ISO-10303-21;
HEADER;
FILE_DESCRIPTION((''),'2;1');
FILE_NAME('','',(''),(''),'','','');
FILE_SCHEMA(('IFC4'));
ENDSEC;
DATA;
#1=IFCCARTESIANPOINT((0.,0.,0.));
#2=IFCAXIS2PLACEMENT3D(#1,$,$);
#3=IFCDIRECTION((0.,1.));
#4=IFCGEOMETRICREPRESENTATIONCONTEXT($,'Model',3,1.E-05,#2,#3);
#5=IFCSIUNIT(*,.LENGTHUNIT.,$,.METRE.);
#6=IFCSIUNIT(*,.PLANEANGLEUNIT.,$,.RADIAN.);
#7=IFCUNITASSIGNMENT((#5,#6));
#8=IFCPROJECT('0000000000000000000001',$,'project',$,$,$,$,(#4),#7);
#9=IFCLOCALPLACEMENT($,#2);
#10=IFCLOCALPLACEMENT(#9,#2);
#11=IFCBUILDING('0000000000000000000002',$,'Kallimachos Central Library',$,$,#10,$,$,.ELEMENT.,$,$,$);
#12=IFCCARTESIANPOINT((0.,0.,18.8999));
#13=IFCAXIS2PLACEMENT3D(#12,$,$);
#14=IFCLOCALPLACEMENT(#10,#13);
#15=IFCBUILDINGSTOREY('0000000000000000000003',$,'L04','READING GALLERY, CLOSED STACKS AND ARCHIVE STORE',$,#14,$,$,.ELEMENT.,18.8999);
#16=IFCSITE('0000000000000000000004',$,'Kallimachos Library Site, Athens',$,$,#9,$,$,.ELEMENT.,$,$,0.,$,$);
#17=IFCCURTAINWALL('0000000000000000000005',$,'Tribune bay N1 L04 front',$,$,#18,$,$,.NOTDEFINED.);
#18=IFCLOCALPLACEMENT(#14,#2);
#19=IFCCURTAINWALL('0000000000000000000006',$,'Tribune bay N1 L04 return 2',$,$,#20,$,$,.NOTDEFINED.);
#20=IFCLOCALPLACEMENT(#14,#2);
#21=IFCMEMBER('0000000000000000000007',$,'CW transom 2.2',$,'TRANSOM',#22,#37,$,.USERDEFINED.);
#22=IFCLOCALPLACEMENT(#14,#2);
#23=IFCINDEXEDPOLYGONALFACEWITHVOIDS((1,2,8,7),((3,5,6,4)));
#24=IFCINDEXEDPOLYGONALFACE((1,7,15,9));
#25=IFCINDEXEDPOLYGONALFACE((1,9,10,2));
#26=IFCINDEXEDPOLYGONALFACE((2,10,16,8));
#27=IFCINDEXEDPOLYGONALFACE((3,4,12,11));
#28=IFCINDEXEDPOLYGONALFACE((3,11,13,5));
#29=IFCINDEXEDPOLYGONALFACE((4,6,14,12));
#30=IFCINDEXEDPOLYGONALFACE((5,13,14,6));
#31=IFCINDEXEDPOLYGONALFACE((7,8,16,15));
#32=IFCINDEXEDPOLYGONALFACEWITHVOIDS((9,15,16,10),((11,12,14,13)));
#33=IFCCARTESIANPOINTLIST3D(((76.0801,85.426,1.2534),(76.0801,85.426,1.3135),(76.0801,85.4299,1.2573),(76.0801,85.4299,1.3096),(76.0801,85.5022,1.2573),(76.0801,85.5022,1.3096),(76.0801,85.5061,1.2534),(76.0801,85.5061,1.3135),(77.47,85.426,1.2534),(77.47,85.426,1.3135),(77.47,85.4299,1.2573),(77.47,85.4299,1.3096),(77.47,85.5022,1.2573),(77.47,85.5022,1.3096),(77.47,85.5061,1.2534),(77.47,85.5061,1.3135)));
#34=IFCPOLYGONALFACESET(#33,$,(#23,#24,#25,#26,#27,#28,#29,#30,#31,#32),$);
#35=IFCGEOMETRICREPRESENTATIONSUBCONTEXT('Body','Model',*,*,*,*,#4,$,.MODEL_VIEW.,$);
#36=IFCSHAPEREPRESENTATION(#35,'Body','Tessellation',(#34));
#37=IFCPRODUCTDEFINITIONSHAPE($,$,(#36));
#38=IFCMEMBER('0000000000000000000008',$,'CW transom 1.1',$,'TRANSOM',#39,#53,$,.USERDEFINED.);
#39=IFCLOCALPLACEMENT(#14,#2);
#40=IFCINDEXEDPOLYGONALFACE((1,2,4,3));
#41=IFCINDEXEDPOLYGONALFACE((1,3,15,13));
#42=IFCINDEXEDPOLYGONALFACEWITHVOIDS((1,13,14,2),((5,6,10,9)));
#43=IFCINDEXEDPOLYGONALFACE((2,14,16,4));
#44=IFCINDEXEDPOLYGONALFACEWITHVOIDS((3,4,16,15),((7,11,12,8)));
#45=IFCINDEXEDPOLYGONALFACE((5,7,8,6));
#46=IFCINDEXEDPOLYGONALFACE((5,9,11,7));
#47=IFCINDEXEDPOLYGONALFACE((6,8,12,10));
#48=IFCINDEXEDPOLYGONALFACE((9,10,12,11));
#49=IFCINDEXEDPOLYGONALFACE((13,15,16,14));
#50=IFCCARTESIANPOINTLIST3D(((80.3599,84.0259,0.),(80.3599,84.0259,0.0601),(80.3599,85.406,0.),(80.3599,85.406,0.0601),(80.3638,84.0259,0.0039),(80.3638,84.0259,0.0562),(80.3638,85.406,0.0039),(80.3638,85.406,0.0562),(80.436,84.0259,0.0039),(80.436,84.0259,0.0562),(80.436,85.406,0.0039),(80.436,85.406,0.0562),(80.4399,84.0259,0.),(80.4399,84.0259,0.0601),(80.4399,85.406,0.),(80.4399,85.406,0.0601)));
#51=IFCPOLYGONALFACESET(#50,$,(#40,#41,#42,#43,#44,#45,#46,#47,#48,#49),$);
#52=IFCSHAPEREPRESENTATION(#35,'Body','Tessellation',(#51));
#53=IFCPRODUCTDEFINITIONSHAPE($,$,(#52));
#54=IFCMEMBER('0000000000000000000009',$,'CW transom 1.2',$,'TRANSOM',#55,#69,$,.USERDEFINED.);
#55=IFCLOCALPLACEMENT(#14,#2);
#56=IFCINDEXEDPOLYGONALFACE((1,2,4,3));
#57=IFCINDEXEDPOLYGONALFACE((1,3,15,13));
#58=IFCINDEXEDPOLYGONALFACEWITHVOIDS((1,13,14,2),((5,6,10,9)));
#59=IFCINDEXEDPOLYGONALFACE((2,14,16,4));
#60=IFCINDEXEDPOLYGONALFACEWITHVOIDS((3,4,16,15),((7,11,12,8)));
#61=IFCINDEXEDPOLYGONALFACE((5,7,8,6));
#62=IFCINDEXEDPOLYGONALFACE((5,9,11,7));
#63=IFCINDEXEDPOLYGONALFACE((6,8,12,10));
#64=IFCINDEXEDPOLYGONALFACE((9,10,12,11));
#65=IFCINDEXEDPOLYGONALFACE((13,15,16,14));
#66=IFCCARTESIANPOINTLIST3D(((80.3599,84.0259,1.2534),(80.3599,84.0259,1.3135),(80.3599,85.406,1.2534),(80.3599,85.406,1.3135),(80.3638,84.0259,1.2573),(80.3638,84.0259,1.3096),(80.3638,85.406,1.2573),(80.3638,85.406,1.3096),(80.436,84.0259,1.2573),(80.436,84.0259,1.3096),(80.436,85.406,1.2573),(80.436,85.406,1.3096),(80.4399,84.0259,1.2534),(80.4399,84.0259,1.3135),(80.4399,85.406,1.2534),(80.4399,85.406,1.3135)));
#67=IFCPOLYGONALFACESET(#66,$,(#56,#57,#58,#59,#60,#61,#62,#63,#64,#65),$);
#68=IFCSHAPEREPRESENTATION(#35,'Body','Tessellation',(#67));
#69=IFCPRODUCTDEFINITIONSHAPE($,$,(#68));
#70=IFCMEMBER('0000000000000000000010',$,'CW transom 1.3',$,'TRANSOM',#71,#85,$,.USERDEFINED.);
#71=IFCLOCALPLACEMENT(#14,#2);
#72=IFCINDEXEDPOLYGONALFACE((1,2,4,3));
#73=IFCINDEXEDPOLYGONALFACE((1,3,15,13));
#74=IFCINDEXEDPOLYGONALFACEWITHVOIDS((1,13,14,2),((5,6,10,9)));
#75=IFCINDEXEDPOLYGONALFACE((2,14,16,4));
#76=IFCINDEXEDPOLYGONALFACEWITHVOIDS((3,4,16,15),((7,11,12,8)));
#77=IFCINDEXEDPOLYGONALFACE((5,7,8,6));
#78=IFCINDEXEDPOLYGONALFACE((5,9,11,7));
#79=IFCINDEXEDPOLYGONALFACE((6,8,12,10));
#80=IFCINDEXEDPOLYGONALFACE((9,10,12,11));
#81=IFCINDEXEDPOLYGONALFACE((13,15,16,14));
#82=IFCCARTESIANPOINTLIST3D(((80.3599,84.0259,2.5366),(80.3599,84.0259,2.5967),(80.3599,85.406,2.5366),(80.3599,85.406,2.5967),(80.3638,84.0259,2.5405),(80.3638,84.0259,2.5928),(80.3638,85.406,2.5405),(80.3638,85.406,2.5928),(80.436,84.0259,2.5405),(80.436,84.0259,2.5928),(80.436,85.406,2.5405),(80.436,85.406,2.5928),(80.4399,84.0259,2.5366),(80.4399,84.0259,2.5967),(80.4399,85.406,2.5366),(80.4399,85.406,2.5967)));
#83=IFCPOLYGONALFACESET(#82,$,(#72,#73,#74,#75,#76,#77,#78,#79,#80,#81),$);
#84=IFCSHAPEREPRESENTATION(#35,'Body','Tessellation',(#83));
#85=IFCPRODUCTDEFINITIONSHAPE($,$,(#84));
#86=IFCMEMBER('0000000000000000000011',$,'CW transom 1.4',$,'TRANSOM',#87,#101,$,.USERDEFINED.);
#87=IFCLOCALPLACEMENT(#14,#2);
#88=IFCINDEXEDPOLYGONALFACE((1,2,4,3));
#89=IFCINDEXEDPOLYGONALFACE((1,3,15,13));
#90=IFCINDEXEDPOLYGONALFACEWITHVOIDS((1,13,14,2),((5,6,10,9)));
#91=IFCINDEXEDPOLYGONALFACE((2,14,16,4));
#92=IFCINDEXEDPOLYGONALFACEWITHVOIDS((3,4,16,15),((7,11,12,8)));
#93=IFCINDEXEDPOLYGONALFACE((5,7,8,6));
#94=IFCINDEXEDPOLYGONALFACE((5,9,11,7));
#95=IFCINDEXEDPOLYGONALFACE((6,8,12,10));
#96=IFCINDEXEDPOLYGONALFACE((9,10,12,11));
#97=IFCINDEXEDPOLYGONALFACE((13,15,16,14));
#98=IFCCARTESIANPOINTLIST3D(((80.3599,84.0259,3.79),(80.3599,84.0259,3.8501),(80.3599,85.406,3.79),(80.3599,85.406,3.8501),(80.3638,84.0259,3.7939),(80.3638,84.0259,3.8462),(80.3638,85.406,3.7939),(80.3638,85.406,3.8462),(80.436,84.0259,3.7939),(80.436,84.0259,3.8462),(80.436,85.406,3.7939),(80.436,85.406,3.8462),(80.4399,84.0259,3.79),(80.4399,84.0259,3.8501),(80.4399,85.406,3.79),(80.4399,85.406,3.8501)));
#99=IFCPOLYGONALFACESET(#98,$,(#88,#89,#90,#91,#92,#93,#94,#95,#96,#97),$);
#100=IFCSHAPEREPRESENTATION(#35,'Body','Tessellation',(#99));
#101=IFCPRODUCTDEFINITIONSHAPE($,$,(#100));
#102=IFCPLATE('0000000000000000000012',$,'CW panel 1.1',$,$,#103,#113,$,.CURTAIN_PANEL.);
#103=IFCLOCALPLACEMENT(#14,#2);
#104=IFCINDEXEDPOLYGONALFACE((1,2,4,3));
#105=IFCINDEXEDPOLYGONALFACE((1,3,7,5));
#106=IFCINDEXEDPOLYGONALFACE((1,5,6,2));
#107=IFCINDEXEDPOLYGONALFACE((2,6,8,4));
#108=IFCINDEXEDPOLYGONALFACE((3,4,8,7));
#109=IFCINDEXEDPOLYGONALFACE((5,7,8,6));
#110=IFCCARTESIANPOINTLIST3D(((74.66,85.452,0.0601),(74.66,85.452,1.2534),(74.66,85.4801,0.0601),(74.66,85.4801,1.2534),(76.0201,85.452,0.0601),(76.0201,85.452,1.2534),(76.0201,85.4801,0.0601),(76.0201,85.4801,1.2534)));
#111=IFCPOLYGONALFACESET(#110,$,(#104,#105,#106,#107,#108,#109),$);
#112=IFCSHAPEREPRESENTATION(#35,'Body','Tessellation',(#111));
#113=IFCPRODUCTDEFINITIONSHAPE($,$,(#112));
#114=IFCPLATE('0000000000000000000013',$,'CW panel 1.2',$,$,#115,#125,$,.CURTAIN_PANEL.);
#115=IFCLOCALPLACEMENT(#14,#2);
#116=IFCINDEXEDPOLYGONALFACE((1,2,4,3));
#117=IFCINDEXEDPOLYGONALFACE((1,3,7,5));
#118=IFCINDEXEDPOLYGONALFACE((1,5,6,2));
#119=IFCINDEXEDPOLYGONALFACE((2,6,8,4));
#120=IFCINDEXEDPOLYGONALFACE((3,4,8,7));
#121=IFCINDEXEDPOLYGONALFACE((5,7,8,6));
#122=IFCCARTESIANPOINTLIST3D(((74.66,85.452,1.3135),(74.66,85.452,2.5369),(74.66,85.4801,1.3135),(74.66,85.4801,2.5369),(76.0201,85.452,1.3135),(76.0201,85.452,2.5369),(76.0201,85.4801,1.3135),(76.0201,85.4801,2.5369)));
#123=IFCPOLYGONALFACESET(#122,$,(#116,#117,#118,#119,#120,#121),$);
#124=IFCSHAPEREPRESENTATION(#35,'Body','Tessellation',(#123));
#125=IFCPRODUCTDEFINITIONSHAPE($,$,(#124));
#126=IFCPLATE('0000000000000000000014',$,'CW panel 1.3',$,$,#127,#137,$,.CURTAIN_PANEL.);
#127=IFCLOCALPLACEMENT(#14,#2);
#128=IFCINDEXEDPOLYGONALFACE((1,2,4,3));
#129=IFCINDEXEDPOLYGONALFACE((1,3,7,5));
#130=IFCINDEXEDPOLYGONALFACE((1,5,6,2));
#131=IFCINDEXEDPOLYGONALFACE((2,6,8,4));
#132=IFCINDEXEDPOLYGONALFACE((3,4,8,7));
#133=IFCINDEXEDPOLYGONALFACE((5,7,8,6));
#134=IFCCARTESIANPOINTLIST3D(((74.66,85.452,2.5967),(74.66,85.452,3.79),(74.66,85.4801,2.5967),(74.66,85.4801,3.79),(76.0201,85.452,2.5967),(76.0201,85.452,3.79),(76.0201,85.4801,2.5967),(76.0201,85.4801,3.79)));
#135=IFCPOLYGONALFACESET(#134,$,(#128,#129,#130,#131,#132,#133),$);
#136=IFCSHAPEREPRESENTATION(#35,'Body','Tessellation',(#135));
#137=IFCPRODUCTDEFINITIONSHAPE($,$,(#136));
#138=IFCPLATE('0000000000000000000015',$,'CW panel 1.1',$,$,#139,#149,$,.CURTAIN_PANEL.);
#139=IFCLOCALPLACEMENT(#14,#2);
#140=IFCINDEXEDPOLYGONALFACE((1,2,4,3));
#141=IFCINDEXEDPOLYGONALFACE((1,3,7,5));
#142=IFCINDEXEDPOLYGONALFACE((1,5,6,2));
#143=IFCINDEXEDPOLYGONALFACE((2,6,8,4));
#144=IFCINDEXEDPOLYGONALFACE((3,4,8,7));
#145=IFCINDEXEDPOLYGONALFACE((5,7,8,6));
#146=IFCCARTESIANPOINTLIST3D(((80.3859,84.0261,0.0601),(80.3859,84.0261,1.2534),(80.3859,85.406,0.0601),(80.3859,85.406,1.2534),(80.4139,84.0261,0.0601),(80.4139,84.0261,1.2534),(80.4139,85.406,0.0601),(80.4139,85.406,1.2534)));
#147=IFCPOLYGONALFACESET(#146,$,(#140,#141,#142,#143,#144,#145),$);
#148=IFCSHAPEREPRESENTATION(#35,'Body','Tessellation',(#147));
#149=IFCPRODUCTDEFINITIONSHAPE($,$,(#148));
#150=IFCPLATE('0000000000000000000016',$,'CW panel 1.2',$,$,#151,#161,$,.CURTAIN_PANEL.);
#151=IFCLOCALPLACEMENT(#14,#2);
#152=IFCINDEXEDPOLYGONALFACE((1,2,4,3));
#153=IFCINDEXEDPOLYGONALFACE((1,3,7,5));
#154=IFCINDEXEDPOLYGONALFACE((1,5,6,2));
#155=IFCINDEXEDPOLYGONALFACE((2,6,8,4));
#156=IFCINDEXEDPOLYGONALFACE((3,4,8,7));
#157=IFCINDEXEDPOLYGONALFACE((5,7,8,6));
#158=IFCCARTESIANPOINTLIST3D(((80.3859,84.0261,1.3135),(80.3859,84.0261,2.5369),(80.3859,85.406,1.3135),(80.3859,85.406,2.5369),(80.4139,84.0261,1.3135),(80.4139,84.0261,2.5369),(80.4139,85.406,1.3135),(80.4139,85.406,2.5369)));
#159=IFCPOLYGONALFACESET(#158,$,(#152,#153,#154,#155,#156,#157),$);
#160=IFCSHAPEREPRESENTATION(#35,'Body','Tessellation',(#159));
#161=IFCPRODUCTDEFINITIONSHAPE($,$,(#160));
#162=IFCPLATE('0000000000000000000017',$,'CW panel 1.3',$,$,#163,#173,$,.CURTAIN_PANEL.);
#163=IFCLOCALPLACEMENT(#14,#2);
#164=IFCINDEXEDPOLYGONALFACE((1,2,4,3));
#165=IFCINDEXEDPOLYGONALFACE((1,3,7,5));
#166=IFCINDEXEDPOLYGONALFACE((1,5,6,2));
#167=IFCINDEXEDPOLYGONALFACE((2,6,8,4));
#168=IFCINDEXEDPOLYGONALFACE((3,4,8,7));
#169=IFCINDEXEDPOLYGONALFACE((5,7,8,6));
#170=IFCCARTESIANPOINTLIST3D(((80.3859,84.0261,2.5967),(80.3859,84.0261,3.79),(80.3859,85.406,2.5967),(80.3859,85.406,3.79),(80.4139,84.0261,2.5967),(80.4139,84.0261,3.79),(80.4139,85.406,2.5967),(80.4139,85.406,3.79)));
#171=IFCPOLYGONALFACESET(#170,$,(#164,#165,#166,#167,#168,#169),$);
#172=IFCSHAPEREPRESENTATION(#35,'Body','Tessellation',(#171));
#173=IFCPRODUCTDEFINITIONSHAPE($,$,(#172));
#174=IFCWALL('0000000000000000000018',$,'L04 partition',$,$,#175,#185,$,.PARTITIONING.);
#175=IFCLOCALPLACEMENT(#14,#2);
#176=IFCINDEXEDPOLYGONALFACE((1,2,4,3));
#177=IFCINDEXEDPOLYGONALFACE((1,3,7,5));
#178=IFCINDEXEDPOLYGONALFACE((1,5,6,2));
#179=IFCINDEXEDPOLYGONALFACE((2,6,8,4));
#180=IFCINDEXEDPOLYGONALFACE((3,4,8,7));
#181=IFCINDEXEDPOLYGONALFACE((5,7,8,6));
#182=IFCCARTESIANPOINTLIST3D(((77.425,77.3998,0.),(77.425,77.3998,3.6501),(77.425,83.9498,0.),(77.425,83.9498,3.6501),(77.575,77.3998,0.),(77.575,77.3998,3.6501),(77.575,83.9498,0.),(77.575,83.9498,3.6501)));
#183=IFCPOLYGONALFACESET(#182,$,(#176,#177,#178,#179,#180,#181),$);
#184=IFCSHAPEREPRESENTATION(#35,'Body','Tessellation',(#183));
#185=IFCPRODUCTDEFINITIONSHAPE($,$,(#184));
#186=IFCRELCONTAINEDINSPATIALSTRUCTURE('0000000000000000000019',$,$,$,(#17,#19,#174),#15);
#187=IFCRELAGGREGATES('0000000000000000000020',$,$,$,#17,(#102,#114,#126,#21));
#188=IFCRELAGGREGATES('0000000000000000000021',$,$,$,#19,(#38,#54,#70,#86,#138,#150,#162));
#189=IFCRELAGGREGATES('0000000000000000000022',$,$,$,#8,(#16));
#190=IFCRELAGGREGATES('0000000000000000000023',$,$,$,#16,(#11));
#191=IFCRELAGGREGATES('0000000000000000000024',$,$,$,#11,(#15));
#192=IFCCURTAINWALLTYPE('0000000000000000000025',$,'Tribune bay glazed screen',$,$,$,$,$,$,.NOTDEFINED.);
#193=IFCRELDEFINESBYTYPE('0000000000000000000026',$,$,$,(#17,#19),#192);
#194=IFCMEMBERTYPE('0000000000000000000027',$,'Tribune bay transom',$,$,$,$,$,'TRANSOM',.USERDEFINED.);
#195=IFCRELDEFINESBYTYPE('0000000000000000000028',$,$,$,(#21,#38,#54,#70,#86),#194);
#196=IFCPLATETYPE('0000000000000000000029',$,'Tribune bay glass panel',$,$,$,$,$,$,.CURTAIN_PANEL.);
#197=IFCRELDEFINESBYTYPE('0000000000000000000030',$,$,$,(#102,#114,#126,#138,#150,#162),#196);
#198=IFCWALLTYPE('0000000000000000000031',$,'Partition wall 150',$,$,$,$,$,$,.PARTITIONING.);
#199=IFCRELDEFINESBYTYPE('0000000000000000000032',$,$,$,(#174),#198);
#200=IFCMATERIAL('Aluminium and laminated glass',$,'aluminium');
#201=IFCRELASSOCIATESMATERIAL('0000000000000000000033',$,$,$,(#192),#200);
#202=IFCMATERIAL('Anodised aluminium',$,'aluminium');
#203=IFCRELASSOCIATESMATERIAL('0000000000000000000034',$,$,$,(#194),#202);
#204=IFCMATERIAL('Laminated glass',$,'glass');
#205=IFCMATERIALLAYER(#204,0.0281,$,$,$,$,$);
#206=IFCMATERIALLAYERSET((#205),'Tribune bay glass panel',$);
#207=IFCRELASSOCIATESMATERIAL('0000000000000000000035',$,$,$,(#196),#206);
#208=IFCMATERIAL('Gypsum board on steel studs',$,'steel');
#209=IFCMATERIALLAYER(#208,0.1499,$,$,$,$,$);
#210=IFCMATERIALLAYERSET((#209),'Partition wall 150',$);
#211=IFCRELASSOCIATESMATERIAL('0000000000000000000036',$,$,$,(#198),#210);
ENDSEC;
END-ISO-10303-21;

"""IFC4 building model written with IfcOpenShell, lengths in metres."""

from ifc_helpers import new_model, si_unit, direction, frame, frame_2d, origin, origin_2d, place, context, subcontext, project, spatial, rectangle, hollow_rectangle, extrude, material, layer, layer_set, material_profile, profile_set, type_object, element, aggregate, save


model = new_model("IFC4")

# Units and contexts
model_context = context("Model", 3, precision=1e-05, world=origin(), true_north=direction((0.0, 1.0)))
body_context = subcontext(model_context, "Body", "Model", "MODEL_VIEW")
ifc_project = project(units=[si_unit("LENGTHUNIT", "METRE"), si_unit("PLANEANGLEUNIT", "RADIAN")], contexts=[model_context])

# Site, building, storey
site_placement = place(None, origin())
site = spatial("IfcSite", under=ifc_project, at=site_placement, Name="Kallimachos Library Site, Athens", CompositionType="ELEMENT", RefElevation=0.0)
building_placement = place(site_placement, origin())
building = spatial("IfcBuilding", under=site, at=building_placement, Name="Kallimachos Central Library", CompositionType="ELEMENT")
storey_placement = place(building_placement, frame((0.0, 0.0, 18.8999)))
storey = spatial("IfcBuildingStorey", under=building, at=storey_placement, Name="L04", Description="READING GALLERY, CLOSED STACKS AND ARCHIVE STORE", CompositionType="ELEMENT", Elevation=18.8999)

# Curtain wall
ifc_material_1 = material(Name="Aluminium and laminated glass", Category="aluminium")
curtain_wall_type = type_object("IfcCurtainWallType", Name="Tribune bay glazed screen", PredefinedType="NOTDEFINED", material=ifc_material_1)
curtain_wall_1_placement = place(storey_placement, origin())
curtain_wall_1 = element("IfcCurtainWall", 1, at=curtain_wall_1_placement, inside=storey, type_object=curtain_wall_type, Name="Tribune bay N1 L04 front", PredefinedType="NOTDEFINED")

# Curtain wall
curtain_wall_2_placement = place(storey_placement, origin())
curtain_wall_2 = element("IfcCurtainWall", 2, at=curtain_wall_2_placement, inside=storey, type_object=curtain_wall_type, Name="Tribune bay N1 L04 return 2", PredefinedType="NOTDEFINED")

# Members
ifc_material_2 = material(Name="Anodised aluminium", Category="aluminium")
ifc_material_profile_1 = material_profile(ifc_material_2, hollow_rectangle(XDim=0.0601, YDim=0.0801, WallThickness=0.0039, at=origin_2d()), Name="ALU TRANSOM 60x80")
ifc_profile_set_1 = profile_set([ifc_material_profile_1], Name="Anodised aluminium")
member_type_1 = type_object("IfcMemberType", Name="Tribune bay transom", ElementType="TRANSOM", PredefinedType="USERDEFINED", material=ifc_profile_set_1)
member_1_placement = place(storey_placement, frame((76.0801, 85.4661, 1.2834), z_axis=(1.0, 0.0, 0.0), x_axis=(0.0, 0.0, 1.0)))
member_1 = element("IfcMember", 3, at=member_1_placement, type_object=member_type_1, Name="CW transom 2.2", ObjectType="TRANSOM", PredefinedType="USERDEFINED", context=body_context, shape_type="SweptSolid", body=[
    extrude(hollow_rectangle(XDim=0.0601, YDim=0.0801, WallThickness=0.0039, at=origin_2d()), origin(), (0.0, 0.0, 1.0), 1.3899),
])
member_2_placement = place(storey_placement, frame((80.3999, 84.0259, 0.03), z_axis=(0.0, 1.0, 0.0), x_axis=(0.0, 0.0, 1.0)))
member_2 = element("IfcMember", 4, at=member_2_placement, type_object=member_type_1, Name="CW transom 1.1", ObjectType="TRANSOM", PredefinedType="USERDEFINED", context=body_context, shape_type="SweptSolid", body=[
    extrude(hollow_rectangle(XDim=0.0601, YDim=0.0801, WallThickness=0.0039, at=origin_2d()), origin(), (0.0, 0.0, 1.0), 1.3801),
])
member_3_placement = place(storey_placement, frame((80.3999, 84.0259, 1.2834), z_axis=(0.0, 1.0, 0.0), x_axis=(0.0, 0.0, 1.0)))
member_3 = element("IfcMember", 5, at=member_3_placement, type_object=member_type_1, Name="CW transom 1.2", ObjectType="TRANSOM", PredefinedType="USERDEFINED", context=body_context, shape_type="SweptSolid", body=[
    extrude(hollow_rectangle(XDim=0.0601, YDim=0.0801, WallThickness=0.0039, at=origin_2d()), origin(), (0.0, 0.0, 1.0), 1.3801),
])
member_4_placement = place(storey_placement, frame((80.3999, 84.0259, 2.5667), z_axis=(0.0, 1.0, 0.0), x_axis=(0.0, 0.0, 1.0)))
member_4 = element("IfcMember", 6, at=member_4_placement, type_object=member_type_1, Name="CW transom 1.3", ObjectType="TRANSOM", PredefinedType="USERDEFINED", context=body_context, shape_type="SweptSolid", body=[
    extrude(hollow_rectangle(XDim=0.0601, YDim=0.0801, WallThickness=0.0039, at=origin_2d()), origin(), (0.0, 0.0, 1.0), 1.3801),
])
member_5_placement = place(storey_placement, frame((80.3999, 84.0259, 3.8201), z_axis=(0.0, 1.0, 0.0), x_axis=(0.0, 0.0, 1.0)))
member_5 = element("IfcMember", 7, at=member_5_placement, type_object=member_type_1, Name="CW transom 1.4", ObjectType="TRANSOM", PredefinedType="USERDEFINED", context=body_context, shape_type="SweptSolid", body=[
    extrude(hollow_rectangle(XDim=0.0601, YDim=0.0801, WallThickness=0.0039, at=origin_2d()), origin(), (0.0, 0.0, 1.0), 1.3801),
])

# Plates
ifc_material_3 = material(Name="Laminated glass", Category="glass")
ifc_layer_1 = layer(ifc_material_3, 0.0281)
ifc_layer_set_1 = layer_set([ifc_layer_1], Name="Tribune bay glass panel")
plate_type = type_object("IfcPlateType", Name="Tribune bay glass panel", PredefinedType="CURTAIN_PANEL", material=ifc_layer_set_1)
plate_1_placement = place(storey_placement, frame((75.3401, 85.4661, 0.0601), z_axis=(0.0, 0.0, 1.0), x_axis=(1.0, 0.0, 0.0)))
plate_1 = element("IfcPlate", 8, at=plate_1_placement, type_object=plate_type, Name="CW panel 1.1", PredefinedType="CURTAIN_PANEL", context=body_context, shape_type="SweptSolid", body=[
    extrude(rectangle(XDim=1.3601, YDim=0.0281, at=origin_2d()), origin(), (0.0, 0.0, 1.0), 1.1934),
])
plate_2_placement = place(storey_placement, frame((75.3401, 85.4661, 1.3135), z_axis=(0.0, 0.0, 1.0), x_axis=(1.0, 0.0, 0.0)))
plate_2 = element("IfcPlate", 9, at=plate_2_placement, type_object=plate_type, Name="CW panel 1.2", PredefinedType="CURTAIN_PANEL", context=body_context, shape_type="SweptSolid", body=[
    extrude(rectangle(XDim=1.3601, YDim=0.0281, at=origin_2d()), origin(), (0.0, 0.0, 1.0), 1.2234),
])
plate_3_placement = place(storey_placement, frame((75.3401, 85.4661, 2.5967), z_axis=(0.0, 0.0, 1.0), x_axis=(1.0, 0.0, 0.0)))
plate_3 = element("IfcPlate", 10, at=plate_3_placement, type_object=plate_type, Name="CW panel 1.3", PredefinedType="CURTAIN_PANEL", context=body_context, shape_type="SweptSolid", body=[
    extrude(rectangle(XDim=1.3601, YDim=0.0281, at=origin_2d()), origin(), (0.0, 0.0, 1.0), 1.1934),
])
aggregate(curtain_wall_1, [plate_1, plate_2, plate_3, member_1])
plate_4_placement = place(storey_placement, frame((80.3999, 84.7161, 0.0601), z_axis=(0.0, 0.0, 1.0), x_axis=(0.0, 1.0, 0.0)))
plate_4 = element("IfcPlate", 11, at=plate_4_placement, type_object=plate_type, Name="CW panel 1.1", PredefinedType="CURTAIN_PANEL", context=body_context, shape_type="SweptSolid", body=[
    extrude(rectangle(XDim=1.3799, YDim=0.0281, at=origin_2d()), origin(), (0.0, 0.0, 1.0), 1.1934),
])
plate_5_placement = place(storey_placement, frame((80.3999, 84.7161, 1.3135), z_axis=(0.0, 0.0, 1.0), x_axis=(0.0, 1.0, 0.0)))
plate_5 = element("IfcPlate", 12, at=plate_5_placement, type_object=plate_type, Name="CW panel 1.2", PredefinedType="CURTAIN_PANEL", context=body_context, shape_type="SweptSolid", body=[
    extrude(rectangle(XDim=1.3799, YDim=0.0281, at=origin_2d()), origin(), (0.0, 0.0, 1.0), 1.2234),
])
plate_6_placement = place(storey_placement, frame((80.3999, 84.7161, 2.5967), z_axis=(0.0, 0.0, 1.0), x_axis=(0.0, 1.0, 0.0)))
plate_6 = element("IfcPlate", 13, at=plate_6_placement, type_object=plate_type, Name="CW panel 1.3", PredefinedType="CURTAIN_PANEL", context=body_context, shape_type="SweptSolid", body=[
    extrude(rectangle(XDim=1.3799, YDim=0.0281, at=origin_2d()), origin(), (0.0, 0.0, 1.0), 1.1934),
])
aggregate(curtain_wall_2, [member_2, member_3, member_4, member_5, plate_4, plate_5, plate_6])

# Wall
ifc_material_4 = material(Name="Gypsum board on steel studs", Category="steel")
ifc_layer_2 = layer(ifc_material_4, 0.1499)
ifc_layer_set_2 = layer_set([ifc_layer_2], Name="Partition wall 150")
wall_type = type_object("IfcWallType", Name="Partition wall 150", PredefinedType="PARTITIONING", material=ifc_layer_set_2)
wall_1_placement = place(storey_placement, frame((77.5, 77.3999, 0.0), z_axis=(0.0, 0.0, 1.0), x_axis=(0.0, 1.0, 0.0)))
element("IfcWall", 14, at=wall_1_placement, inside=storey, type_object=wall_type, Name="L04 partition", PredefinedType="PARTITIONING", context=body_context, shape_type="SweptSolid", body=[
    extrude(rectangle(XDim=6.55, YDim=0.1499, at=frame_2d((3.2749, 0.0))), origin(), (0.0, 0.0, 1.0), 3.6501),
])

save(model, "model.ifc")
